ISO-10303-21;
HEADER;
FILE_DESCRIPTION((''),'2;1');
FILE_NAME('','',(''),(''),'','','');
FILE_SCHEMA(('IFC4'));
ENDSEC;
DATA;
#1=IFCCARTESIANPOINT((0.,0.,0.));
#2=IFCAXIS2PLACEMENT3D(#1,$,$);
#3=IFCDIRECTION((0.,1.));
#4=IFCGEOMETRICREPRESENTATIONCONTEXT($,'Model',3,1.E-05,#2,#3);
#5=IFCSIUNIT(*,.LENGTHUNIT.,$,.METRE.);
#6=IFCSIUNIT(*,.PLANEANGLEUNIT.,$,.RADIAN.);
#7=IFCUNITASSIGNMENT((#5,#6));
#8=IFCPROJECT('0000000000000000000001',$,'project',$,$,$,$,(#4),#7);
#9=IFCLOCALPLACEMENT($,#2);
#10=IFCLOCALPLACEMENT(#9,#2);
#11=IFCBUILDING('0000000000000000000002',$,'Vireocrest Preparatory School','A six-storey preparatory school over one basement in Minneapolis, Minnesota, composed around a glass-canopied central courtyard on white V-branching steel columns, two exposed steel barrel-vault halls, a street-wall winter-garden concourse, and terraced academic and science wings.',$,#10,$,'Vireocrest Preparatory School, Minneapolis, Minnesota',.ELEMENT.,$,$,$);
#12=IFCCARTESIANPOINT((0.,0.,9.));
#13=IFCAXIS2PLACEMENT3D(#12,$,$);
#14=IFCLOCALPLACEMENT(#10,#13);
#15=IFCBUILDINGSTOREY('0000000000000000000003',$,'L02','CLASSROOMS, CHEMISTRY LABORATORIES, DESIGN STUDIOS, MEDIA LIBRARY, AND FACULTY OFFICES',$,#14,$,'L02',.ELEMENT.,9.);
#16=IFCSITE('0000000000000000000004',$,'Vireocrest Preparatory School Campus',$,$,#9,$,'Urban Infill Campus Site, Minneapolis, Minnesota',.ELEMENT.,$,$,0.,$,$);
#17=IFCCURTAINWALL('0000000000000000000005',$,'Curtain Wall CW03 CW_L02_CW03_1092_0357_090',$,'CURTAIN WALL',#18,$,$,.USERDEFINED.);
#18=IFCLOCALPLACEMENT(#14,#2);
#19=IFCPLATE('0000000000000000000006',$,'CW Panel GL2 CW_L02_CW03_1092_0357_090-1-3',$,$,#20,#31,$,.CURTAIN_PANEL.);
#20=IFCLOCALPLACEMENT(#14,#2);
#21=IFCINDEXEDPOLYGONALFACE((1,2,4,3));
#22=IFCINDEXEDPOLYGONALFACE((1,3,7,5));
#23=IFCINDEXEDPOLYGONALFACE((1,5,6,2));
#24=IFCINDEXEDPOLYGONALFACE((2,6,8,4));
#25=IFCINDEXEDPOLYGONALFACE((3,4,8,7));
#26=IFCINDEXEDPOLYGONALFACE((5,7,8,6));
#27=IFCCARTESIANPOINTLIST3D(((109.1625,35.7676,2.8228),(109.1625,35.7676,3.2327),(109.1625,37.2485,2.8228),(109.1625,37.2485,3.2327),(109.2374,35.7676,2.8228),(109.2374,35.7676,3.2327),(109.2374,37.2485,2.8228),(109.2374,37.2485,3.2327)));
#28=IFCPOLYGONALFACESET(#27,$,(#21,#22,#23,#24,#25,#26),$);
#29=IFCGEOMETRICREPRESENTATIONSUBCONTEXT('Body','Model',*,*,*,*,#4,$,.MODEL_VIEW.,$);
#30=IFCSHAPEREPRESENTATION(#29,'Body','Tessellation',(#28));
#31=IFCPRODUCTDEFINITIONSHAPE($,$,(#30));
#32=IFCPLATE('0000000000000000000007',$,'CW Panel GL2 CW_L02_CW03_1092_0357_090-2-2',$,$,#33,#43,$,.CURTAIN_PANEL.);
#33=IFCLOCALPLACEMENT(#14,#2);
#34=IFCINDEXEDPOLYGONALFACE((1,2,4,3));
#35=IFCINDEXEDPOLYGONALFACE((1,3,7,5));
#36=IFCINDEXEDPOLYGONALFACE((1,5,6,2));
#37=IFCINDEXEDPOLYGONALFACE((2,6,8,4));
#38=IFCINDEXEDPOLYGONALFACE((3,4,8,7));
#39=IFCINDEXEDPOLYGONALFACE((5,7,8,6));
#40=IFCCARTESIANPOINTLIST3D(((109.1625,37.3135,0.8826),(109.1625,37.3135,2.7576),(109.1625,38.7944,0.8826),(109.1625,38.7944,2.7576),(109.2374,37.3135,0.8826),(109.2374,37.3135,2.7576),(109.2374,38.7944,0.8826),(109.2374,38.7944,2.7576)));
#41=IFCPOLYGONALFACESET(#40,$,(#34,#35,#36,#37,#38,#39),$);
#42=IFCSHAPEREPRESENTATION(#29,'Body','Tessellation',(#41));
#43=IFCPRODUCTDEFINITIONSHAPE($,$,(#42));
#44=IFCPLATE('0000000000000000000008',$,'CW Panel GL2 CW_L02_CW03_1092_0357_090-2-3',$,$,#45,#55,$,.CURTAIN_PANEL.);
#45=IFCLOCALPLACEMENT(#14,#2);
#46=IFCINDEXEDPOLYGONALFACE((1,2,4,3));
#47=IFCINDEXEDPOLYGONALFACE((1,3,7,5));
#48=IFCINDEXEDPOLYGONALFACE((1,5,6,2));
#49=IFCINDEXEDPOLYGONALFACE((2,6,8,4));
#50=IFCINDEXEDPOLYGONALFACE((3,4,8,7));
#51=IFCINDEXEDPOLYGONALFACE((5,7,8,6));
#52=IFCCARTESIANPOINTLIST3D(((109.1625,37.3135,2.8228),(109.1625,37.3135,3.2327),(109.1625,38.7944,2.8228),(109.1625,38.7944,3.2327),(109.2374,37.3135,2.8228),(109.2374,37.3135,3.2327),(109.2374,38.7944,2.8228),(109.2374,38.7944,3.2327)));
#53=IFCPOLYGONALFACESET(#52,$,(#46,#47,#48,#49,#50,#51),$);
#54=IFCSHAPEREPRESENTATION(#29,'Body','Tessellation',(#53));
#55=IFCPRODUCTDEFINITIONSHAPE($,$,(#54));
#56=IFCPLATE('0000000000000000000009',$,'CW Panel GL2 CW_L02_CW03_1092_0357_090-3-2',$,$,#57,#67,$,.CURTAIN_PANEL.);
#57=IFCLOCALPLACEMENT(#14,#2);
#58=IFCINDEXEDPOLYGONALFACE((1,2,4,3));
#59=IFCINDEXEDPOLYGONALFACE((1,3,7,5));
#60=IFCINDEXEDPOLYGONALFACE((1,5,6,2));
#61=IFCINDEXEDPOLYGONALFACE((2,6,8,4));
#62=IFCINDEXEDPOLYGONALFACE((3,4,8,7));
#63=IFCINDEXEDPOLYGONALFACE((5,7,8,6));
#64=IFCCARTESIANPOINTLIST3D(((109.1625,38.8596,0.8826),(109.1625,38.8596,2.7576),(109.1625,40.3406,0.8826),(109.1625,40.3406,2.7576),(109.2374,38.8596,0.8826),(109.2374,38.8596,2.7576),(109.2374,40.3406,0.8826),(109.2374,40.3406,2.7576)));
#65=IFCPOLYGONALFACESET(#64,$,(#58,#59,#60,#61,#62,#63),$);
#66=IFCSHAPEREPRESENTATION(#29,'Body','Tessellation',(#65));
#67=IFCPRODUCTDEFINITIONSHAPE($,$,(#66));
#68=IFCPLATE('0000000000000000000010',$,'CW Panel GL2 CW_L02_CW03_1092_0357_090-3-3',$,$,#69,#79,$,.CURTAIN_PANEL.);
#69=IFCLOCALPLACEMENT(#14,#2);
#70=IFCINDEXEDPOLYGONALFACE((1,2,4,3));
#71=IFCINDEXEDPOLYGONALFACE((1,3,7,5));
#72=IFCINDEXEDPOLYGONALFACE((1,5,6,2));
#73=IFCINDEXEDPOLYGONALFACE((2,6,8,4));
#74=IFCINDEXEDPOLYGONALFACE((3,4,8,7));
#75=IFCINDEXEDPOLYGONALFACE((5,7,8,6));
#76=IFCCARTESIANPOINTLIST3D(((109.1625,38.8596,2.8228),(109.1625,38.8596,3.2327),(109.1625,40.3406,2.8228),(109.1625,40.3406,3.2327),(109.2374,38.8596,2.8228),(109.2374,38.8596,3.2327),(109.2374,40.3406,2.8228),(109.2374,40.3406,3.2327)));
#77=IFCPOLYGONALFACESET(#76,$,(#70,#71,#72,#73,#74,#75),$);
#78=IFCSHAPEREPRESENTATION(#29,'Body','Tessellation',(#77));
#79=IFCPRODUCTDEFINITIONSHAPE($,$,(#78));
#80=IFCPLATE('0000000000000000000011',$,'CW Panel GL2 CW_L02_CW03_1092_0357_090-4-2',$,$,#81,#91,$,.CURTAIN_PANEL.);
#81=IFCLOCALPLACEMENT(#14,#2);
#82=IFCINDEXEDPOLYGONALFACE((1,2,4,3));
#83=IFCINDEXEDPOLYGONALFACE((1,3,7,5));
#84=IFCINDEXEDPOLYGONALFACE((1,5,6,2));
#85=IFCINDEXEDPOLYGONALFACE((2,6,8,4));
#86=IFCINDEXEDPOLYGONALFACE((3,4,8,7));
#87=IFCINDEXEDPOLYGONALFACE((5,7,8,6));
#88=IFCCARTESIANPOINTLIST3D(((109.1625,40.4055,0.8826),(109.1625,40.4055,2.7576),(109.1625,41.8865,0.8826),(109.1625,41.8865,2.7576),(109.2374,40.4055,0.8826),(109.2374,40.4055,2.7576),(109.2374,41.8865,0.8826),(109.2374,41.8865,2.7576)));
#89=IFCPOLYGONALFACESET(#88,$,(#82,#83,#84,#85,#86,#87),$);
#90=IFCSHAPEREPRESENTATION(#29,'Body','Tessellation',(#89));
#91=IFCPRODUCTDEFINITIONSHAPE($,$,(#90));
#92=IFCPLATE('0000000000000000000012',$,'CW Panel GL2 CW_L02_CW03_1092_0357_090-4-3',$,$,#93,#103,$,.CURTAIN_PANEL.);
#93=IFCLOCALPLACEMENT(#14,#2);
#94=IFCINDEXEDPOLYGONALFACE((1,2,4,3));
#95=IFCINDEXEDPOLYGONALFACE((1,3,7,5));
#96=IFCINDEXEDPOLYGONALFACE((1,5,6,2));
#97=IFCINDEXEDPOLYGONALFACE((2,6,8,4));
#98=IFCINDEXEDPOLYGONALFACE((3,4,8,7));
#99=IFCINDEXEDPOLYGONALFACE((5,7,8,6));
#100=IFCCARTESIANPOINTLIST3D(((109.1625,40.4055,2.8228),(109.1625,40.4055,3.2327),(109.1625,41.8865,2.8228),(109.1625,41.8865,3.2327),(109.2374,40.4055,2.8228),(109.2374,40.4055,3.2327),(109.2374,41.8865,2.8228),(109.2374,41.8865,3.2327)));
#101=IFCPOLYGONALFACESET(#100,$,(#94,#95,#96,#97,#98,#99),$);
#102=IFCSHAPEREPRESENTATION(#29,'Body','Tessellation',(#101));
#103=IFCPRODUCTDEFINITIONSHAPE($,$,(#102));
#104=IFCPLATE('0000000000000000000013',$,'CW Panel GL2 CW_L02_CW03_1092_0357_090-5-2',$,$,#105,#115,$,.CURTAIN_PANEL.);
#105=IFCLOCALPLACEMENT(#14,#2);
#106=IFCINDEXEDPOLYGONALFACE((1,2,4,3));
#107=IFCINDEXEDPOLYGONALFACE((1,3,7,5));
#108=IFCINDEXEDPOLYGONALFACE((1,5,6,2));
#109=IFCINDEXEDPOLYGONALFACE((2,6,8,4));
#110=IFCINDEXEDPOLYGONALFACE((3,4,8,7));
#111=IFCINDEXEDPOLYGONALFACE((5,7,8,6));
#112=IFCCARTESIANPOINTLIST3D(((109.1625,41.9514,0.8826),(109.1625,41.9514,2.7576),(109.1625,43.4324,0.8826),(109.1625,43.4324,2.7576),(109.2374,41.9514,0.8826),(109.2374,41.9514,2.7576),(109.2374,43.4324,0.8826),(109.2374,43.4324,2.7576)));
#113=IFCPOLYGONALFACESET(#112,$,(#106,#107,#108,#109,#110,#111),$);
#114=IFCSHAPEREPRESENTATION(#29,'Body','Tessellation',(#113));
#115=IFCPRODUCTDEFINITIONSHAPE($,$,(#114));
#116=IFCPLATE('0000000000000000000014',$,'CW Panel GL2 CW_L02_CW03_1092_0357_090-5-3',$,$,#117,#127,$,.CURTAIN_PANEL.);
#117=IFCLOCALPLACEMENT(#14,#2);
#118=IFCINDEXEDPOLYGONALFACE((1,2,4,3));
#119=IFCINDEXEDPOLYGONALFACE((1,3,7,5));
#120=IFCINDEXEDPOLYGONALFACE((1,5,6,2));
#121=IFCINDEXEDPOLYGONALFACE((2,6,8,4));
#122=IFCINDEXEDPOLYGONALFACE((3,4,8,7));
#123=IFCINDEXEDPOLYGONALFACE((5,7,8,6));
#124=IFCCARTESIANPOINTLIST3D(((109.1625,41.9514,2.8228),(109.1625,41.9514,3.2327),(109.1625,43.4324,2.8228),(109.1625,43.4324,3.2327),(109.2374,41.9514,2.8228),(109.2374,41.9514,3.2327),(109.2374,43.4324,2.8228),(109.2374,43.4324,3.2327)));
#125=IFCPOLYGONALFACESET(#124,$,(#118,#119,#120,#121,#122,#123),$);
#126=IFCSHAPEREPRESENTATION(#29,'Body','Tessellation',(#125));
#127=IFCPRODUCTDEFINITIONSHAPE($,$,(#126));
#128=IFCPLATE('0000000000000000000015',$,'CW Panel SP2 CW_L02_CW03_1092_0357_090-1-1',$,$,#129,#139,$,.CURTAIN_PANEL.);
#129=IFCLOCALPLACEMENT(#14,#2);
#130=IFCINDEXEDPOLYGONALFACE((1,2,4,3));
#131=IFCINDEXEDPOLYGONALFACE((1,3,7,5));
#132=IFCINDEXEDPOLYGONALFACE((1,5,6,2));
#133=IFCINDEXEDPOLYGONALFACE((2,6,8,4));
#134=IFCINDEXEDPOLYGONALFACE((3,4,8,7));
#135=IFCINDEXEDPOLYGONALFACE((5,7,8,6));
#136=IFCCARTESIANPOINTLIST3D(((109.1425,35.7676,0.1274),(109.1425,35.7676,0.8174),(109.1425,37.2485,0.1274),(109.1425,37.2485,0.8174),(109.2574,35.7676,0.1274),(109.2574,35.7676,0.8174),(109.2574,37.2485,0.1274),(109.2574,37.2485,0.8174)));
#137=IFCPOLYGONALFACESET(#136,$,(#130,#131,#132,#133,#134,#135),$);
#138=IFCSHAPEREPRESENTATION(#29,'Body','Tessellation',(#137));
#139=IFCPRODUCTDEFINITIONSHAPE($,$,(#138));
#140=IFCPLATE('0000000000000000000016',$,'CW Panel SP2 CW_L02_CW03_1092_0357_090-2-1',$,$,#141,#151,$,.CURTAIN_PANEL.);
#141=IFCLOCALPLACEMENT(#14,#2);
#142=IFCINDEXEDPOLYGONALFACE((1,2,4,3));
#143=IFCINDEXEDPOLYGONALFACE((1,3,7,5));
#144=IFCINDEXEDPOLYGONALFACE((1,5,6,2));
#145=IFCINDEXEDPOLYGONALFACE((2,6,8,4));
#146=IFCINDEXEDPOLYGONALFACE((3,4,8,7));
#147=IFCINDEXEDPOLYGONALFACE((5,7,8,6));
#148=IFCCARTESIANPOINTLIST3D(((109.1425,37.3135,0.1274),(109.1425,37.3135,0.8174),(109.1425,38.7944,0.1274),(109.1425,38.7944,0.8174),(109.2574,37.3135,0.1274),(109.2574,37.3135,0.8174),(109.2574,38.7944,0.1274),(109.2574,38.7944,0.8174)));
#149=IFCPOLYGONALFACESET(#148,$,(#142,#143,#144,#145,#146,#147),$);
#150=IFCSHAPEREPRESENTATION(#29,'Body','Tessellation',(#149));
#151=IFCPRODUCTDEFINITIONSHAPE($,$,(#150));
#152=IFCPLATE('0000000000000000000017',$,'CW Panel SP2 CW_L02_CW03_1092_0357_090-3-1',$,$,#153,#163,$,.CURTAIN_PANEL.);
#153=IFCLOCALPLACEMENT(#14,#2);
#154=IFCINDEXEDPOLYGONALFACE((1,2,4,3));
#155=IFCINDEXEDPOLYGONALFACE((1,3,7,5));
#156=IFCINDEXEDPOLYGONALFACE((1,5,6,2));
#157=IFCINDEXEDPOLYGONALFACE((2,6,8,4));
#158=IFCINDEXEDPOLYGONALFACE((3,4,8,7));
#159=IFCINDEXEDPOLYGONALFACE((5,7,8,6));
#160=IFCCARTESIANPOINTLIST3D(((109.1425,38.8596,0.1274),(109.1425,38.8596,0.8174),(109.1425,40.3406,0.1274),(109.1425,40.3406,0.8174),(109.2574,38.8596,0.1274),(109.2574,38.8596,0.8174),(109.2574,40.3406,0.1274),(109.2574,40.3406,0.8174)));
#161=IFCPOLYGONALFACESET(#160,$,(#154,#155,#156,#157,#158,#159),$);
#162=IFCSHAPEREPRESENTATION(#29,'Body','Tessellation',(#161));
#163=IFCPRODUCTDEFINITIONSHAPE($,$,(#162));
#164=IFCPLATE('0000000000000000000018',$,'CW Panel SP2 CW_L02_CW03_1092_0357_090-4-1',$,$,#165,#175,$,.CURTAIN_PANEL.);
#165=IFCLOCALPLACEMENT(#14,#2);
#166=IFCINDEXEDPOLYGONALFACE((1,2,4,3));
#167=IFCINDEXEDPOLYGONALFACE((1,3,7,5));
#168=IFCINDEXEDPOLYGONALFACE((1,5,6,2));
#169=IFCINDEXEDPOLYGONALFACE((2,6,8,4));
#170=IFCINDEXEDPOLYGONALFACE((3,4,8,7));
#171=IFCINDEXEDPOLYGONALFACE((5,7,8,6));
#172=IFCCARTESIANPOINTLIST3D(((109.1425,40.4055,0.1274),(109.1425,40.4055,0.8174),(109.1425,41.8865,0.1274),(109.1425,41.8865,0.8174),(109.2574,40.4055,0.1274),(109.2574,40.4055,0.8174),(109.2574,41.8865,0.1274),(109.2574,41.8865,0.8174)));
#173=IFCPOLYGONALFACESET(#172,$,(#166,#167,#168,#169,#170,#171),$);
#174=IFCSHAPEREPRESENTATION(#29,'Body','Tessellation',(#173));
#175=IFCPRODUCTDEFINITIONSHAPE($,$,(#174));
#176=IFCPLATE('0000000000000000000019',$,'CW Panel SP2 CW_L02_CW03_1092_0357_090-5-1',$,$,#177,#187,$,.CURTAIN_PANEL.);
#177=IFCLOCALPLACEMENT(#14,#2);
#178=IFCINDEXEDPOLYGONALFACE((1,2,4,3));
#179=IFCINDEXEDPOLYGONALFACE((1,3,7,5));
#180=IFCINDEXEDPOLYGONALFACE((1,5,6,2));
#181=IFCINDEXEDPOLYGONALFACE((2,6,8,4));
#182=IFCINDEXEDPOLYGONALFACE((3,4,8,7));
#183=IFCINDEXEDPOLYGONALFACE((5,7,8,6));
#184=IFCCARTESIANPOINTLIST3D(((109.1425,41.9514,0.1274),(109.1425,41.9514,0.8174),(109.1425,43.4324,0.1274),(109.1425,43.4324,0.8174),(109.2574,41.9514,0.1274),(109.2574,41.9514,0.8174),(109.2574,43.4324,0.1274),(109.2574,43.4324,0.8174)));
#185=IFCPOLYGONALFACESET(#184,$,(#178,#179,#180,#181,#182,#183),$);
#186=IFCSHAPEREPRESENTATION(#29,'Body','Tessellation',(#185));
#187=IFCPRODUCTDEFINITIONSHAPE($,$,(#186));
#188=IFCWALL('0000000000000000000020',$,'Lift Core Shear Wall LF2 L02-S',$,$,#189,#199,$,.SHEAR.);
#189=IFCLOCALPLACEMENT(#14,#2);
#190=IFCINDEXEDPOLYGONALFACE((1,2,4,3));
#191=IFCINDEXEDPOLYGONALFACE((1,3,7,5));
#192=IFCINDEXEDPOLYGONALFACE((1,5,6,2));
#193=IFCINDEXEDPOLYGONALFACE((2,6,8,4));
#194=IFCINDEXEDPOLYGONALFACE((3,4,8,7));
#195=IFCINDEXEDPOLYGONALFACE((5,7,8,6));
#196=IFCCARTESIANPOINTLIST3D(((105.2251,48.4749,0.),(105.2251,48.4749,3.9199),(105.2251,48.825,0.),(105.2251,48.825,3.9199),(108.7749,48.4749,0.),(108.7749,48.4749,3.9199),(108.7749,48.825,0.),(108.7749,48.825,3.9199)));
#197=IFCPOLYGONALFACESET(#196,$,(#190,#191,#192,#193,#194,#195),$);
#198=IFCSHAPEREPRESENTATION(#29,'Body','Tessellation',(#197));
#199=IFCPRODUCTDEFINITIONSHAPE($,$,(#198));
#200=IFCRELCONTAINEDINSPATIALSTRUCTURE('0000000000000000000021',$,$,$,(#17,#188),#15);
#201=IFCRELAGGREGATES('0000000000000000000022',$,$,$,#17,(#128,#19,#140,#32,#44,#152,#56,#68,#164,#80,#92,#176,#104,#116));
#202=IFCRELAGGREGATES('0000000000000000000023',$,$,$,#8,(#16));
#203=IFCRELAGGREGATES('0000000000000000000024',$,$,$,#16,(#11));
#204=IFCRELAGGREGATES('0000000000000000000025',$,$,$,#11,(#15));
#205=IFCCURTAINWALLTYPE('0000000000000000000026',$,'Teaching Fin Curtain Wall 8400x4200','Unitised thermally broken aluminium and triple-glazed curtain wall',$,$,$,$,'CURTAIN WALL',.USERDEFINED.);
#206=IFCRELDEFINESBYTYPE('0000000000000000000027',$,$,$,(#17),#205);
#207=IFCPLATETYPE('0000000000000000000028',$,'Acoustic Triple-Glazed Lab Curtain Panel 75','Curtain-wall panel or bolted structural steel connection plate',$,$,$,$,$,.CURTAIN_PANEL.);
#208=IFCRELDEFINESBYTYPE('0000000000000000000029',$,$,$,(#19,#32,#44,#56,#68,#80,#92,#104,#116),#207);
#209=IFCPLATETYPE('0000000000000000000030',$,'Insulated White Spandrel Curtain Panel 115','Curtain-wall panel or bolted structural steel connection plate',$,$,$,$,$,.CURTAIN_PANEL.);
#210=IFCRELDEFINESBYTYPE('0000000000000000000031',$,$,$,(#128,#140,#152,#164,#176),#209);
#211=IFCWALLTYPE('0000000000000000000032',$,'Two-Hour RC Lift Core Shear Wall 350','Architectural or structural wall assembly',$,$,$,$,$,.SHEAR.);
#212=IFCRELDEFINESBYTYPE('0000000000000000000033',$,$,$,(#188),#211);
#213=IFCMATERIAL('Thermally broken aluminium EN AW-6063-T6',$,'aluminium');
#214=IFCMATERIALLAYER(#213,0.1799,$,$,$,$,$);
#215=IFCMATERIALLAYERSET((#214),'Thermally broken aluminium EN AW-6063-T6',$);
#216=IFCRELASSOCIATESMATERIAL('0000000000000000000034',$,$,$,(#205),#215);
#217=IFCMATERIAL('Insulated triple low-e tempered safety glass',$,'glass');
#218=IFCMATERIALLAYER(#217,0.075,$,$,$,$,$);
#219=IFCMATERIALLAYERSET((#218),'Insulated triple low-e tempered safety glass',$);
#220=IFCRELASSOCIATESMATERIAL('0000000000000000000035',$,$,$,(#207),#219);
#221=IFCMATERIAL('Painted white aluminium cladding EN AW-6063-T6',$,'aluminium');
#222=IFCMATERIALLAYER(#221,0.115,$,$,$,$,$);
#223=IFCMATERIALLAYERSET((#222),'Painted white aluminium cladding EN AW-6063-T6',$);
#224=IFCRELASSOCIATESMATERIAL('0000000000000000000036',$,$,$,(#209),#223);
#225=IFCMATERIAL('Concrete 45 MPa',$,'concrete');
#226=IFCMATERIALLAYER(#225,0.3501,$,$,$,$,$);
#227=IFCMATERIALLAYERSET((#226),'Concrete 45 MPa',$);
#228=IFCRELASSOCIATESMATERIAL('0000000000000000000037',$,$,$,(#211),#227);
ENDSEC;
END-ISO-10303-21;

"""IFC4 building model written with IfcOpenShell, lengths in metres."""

from ifc_helpers import new_model, si_unit, direction, frame, frame_2d, origin, origin_2d, place, context, subcontext, project, spatial, rectangle, extrude, material, layer, layer_set, type_object, element, aggregate, save


model = new_model("IFC4")

# Units and contexts
model_context = context("Model", 3, precision=1e-05, world=origin(), true_north=direction((0.0, 1.0)))
body_context = subcontext(model_context, "Body", "Model", "MODEL_VIEW")
ifc_project = project(units=[si_unit("LENGTHUNIT", "METRE"), si_unit("PLANEANGLEUNIT", "RADIAN")], contexts=[model_context])

# Site, building, storey
site_placement = place(None, origin())
site = spatial("IfcSite", under=ifc_project, at=site_placement, Name="Vireocrest Preparatory School Campus", LongName="Urban Infill Campus Site, Minneapolis, Minnesota", CompositionType="ELEMENT", RefElevation=0.0)
building_placement = place(site_placement, origin())
building = spatial("IfcBuilding", under=site, at=building_placement, Name="Vireocrest Preparatory School", Description="A six-storey preparatory school over one basement in Minneapolis, Minnesota, composed around a glass-canopied central courtyard on white V-branching steel columns, two exposed steel barrel-vault halls, a street-wall winter-garden concourse, and terraced academic and science wings.", LongName="Vireocrest Preparatory School, Minneapolis, Minnesota", CompositionType="ELEMENT")
storey_placement = place(building_placement, frame((0.0, 0.0, 9.0)))
storey = spatial("IfcBuildingStorey", under=building, at=storey_placement, Name="L02", Description="CLASSROOMS, CHEMISTRY LABORATORIES, DESIGN STUDIOS, MEDIA LIBRARY, AND FACULTY OFFICES", LongName="L02", CompositionType="ELEMENT", Elevation=9.0)

# Curtain wall
ifc_material_1 = material(Name="Thermally broken aluminium EN AW-6063-T6", Category="aluminium")
ifc_layer_1 = layer(ifc_material_1, 0.1799)
ifc_layer_set_1 = layer_set([ifc_layer_1], Name="Thermally broken aluminium EN AW-6063-T6")
curtain_wall_type = type_object("IfcCurtainWallType", Name="Teaching Fin Curtain Wall 8400x4200", Description="Unitised thermally broken aluminium and triple-glazed curtain wall", ElementType="CURTAIN WALL", PredefinedType="USERDEFINED", material=ifc_layer_set_1)
curtain_wall_placement = place(storey_placement, origin())
curtain_wall = element("IfcCurtainWall", 1, at=curtain_wall_placement, inside=storey, type_object=curtain_wall_type, Name="Curtain Wall CW03 CW_L02_CW03_1092_0357_090", ObjectType="CURTAIN WALL", PredefinedType="USERDEFINED")

# Plates
ifc_material_2 = material(Name="Insulated triple low-e tempered safety glass", Category="glass")
ifc_layer_2 = layer(ifc_material_2, 0.075)
ifc_layer_set_2 = layer_set([ifc_layer_2], Name="Insulated triple low-e tempered safety glass")
plate_type_1 = type_object("IfcPlateType", Name="Acoustic Triple-Glazed Lab Curtain Panel 75", Description="Curtain-wall panel or bolted structural steel connection plate", PredefinedType="CURTAIN_PANEL", material=ifc_layer_set_2)
plate_1_placement = place(storey_placement, frame((109.2, 36.5081, 2.8228), z_axis=(0.0, 0.0, 1.0), x_axis=(0.0, 1.0, 0.0)))
plate_1 = element("IfcPlate", 2, at=plate_1_placement, type_object=plate_type_1, Name="CW Panel GL2 CW_L02_CW03_1092_0357_090-1-3", PredefinedType="CURTAIN_PANEL", context=body_context, shape_type="SweptSolid", body=[
    extrude(rectangle(XDim=1.481, YDim=0.075, at=origin_2d()), origin(), (0.0, 0.0, 1.0), 0.4099),
])
plate_2_placement = place(storey_placement, frame((109.2, 38.054, 0.8826), z_axis=(0.0, 0.0, 1.0), x_axis=(0.0, 1.0, 0.0)))
plate_2 = element("IfcPlate", 3, at=plate_2_placement, type_object=plate_type_1, Name="CW Panel GL2 CW_L02_CW03_1092_0357_090-2-2", PredefinedType="CURTAIN_PANEL", context=body_context, shape_type="SweptSolid", body=[
    extrude(rectangle(XDim=1.481, YDim=0.075, at=origin_2d()), origin(), (0.0, 0.0, 1.0), 1.875),
])
plate_3_placement = place(storey_placement, frame((109.2, 38.054, 2.8228), z_axis=(0.0, 0.0, 1.0), x_axis=(0.0, 1.0, 0.0)))
plate_3 = element("IfcPlate", 4, at=plate_3_placement, type_object=plate_type_1, Name="CW Panel GL2 CW_L02_CW03_1092_0357_090-2-3", PredefinedType="CURTAIN_PANEL", context=body_context, shape_type="SweptSolid", body=[
    extrude(rectangle(XDim=1.481, YDim=0.075, at=origin_2d()), origin(), (0.0, 0.0, 1.0), 0.4099),
])
plate_4_placement = place(storey_placement, frame((109.2, 39.6001, 0.8826), z_axis=(0.0, 0.0, 1.0), x_axis=(0.0, 1.0, 0.0)))
plate_4 = element("IfcPlate", 5, at=plate_4_placement, type_object=plate_type_1, Name="CW Panel GL2 CW_L02_CW03_1092_0357_090-3-2", PredefinedType="CURTAIN_PANEL", context=body_context, shape_type="SweptSolid", body=[
    extrude(rectangle(XDim=1.481, YDim=0.075, at=origin_2d()), origin(), (0.0, 0.0, 1.0), 1.875),
])
plate_5_placement = place(storey_placement, frame((109.2, 39.6001, 2.8228), z_axis=(0.0, 0.0, 1.0), x_axis=(0.0, 1.0, 0.0)))
plate_5 = element("IfcPlate", 6, at=plate_5_placement, type_object=plate_type_1, Name="CW Panel GL2 CW_L02_CW03_1092_0357_090-3-3", PredefinedType="CURTAIN_PANEL", context=body_context, shape_type="SweptSolid", body=[
    extrude(rectangle(XDim=1.481, YDim=0.075, at=origin_2d()), origin(), (0.0, 0.0, 1.0), 0.4099),
])
plate_6_placement = place(storey_placement, frame((109.2, 41.146, 0.8826), z_axis=(0.0, 0.0, 1.0), x_axis=(0.0, 1.0, 0.0)))
plate_6 = element("IfcPlate", 7, at=plate_6_placement, type_object=plate_type_1, Name="CW Panel GL2 CW_L02_CW03_1092_0357_090-4-2", PredefinedType="CURTAIN_PANEL", context=body_context, shape_type="SweptSolid", body=[
    extrude(rectangle(XDim=1.481, YDim=0.075, at=origin_2d()), origin(), (0.0, 0.0, 1.0), 1.875),
])
plate_7_placement = place(storey_placement, frame((109.2, 41.146, 2.8228), z_axis=(0.0, 0.0, 1.0), x_axis=(0.0, 1.0, 0.0)))
plate_7 = element("IfcPlate", 8, at=plate_7_placement, type_object=plate_type_1, Name="CW Panel GL2 CW_L02_CW03_1092_0357_090-4-3", PredefinedType="CURTAIN_PANEL", context=body_context, shape_type="SweptSolid", body=[
    extrude(rectangle(XDim=1.481, YDim=0.075, at=origin_2d()), origin(), (0.0, 0.0, 1.0), 0.4099),
])
plate_8_placement = place(storey_placement, frame((109.2, 42.6919, 0.8826), z_axis=(0.0, 0.0, 1.0), x_axis=(0.0, 1.0, 0.0)))
plate_8 = element("IfcPlate", 9, at=plate_8_placement, type_object=plate_type_1, Name="CW Panel GL2 CW_L02_CW03_1092_0357_090-5-2", PredefinedType="CURTAIN_PANEL", context=body_context, shape_type="SweptSolid", body=[
    extrude(rectangle(XDim=1.481, YDim=0.075, at=origin_2d()), origin(), (0.0, 0.0, 1.0), 1.875),
])
plate_9_placement = place(storey_placement, frame((109.2, 42.6919, 2.8228), z_axis=(0.0, 0.0, 1.0), x_axis=(0.0, 1.0, 0.0)))
plate_9 = element("IfcPlate", 10, at=plate_9_placement, type_object=plate_type_1, Name="CW Panel GL2 CW_L02_CW03_1092_0357_090-5-3", PredefinedType="CURTAIN_PANEL", context=body_context, shape_type="SweptSolid", body=[
    extrude(rectangle(XDim=1.481, YDim=0.075, at=origin_2d()), origin(), (0.0, 0.0, 1.0), 0.4099),
])
ifc_material_3 = material(Name="Painted white aluminium cladding EN AW-6063-T6", Category="aluminium")
ifc_layer_3 = layer(ifc_material_3, 0.115)
ifc_layer_set_3 = layer_set([ifc_layer_3], Name="Painted white aluminium cladding EN AW-6063-T6")
plate_type_2 = type_object("IfcPlateType", Name="Insulated White Spandrel Curtain Panel 115", Description="Curtain-wall panel or bolted structural steel connection plate", PredefinedType="CURTAIN_PANEL", material=ifc_layer_set_3)
plate_10_placement = place(storey_placement, frame((109.2, 36.5081, 0.1274), z_axis=(0.0, 0.0, 1.0), x_axis=(0.0, 1.0, 0.0)))
plate_10 = element("IfcPlate", 11, at=plate_10_placement, type_object=plate_type_2, Name="CW Panel SP2 CW_L02_CW03_1092_0357_090-1-1", PredefinedType="CURTAIN_PANEL", context=body_context, shape_type="SweptSolid", body=[
    extrude(rectangle(XDim=1.481, YDim=0.115, at=origin_2d()), origin(), (0.0, 0.0, 1.0), 0.6899),
])
plate_11_placement = place(storey_placement, frame((109.2, 38.054, 0.1274), z_axis=(0.0, 0.0, 1.0), x_axis=(0.0, 1.0, 0.0)))
plate_11 = element("IfcPlate", 12, at=plate_11_placement, type_object=plate_type_2, Name="CW Panel SP2 CW_L02_CW03_1092_0357_090-2-1", PredefinedType="CURTAIN_PANEL", context=body_context, shape_type="SweptSolid", body=[
    extrude(rectangle(XDim=1.481, YDim=0.115, at=origin_2d()), origin(), (0.0, 0.0, 1.0), 0.6899),
])
plate_12_placement = place(storey_placement, frame((109.2, 39.6001, 0.1274), z_axis=(0.0, 0.0, 1.0), x_axis=(0.0, 1.0, 0.0)))
plate_12 = element("IfcPlate", 13, at=plate_12_placement, type_object=plate_type_2, Name="CW Panel SP2 CW_L02_CW03_1092_0357_090-3-1", PredefinedType="CURTAIN_PANEL", context=body_context, shape_type="SweptSolid", body=[
    extrude(rectangle(XDim=1.481, YDim=0.115, at=origin_2d()), origin(), (0.0, 0.0, 1.0), 0.6899),
])
plate_13_placement = place(storey_placement, frame((109.2, 41.146, 0.1274), z_axis=(0.0, 0.0, 1.0), x_axis=(0.0, 1.0, 0.0)))
plate_13 = element("IfcPlate", 14, at=plate_13_placement, type_object=plate_type_2, Name="CW Panel SP2 CW_L02_CW03_1092_0357_090-4-1", PredefinedType="CURTAIN_PANEL", context=body_context, shape_type="SweptSolid", body=[
    extrude(rectangle(XDim=1.481, YDim=0.115, at=origin_2d()), origin(), (0.0, 0.0, 1.0), 0.6899),
])
plate_14_placement = place(storey_placement, frame((109.2, 42.6919, 0.1274), z_axis=(0.0, 0.0, 1.0), x_axis=(0.0, 1.0, 0.0)))
plate_14 = element("IfcPlate", 15, at=plate_14_placement, type_object=plate_type_2, Name="CW Panel SP2 CW_L02_CW03_1092_0357_090-5-1", PredefinedType="CURTAIN_PANEL", context=body_context, shape_type="SweptSolid", body=[
    extrude(rectangle(XDim=1.481, YDim=0.115, at=origin_2d()), origin(), (0.0, 0.0, 1.0), 0.6899),
])
aggregate(curtain_wall, [plate_10, plate_1, plate_11, plate_2, plate_3, plate_12, plate_4, plate_5, plate_13, plate_6, plate_7, plate_14, plate_8, plate_9])

# Wall
ifc_material_4 = material(Name="Concrete 45 MPa", Category="concrete")
ifc_layer_4 = layer(ifc_material_4, 0.3501)
ifc_layer_set_4 = layer_set([ifc_layer_4], Name="Concrete 45 MPa")
wall_type_1 = type_object("IfcWallType", Name="Two-Hour RC Lift Core Shear Wall 350", Description="Architectural or structural wall assembly", PredefinedType="SHEAR", material=ifc_layer_set_4)
wall_1_placement = place(storey_placement, frame((105.2251, 48.6499, 0.0), z_axis=(0.0, 0.0, 1.0), x_axis=(1.0, 0.0, 0.0)))
element("IfcWall", 16, at=wall_1_placement, inside=storey, type_object=wall_type_1, Name="Lift Core Shear Wall LF2 L02-S", PredefinedType="SHEAR", context=body_context, shape_type="SweptSolid", body=[
    extrude(rectangle(XDim=3.5498, YDim=0.3501, at=frame_2d((1.7749, 0.0))), origin(), (0.0, 0.0, 1.0), 3.9199),
])

save(model, "model.ifc")
